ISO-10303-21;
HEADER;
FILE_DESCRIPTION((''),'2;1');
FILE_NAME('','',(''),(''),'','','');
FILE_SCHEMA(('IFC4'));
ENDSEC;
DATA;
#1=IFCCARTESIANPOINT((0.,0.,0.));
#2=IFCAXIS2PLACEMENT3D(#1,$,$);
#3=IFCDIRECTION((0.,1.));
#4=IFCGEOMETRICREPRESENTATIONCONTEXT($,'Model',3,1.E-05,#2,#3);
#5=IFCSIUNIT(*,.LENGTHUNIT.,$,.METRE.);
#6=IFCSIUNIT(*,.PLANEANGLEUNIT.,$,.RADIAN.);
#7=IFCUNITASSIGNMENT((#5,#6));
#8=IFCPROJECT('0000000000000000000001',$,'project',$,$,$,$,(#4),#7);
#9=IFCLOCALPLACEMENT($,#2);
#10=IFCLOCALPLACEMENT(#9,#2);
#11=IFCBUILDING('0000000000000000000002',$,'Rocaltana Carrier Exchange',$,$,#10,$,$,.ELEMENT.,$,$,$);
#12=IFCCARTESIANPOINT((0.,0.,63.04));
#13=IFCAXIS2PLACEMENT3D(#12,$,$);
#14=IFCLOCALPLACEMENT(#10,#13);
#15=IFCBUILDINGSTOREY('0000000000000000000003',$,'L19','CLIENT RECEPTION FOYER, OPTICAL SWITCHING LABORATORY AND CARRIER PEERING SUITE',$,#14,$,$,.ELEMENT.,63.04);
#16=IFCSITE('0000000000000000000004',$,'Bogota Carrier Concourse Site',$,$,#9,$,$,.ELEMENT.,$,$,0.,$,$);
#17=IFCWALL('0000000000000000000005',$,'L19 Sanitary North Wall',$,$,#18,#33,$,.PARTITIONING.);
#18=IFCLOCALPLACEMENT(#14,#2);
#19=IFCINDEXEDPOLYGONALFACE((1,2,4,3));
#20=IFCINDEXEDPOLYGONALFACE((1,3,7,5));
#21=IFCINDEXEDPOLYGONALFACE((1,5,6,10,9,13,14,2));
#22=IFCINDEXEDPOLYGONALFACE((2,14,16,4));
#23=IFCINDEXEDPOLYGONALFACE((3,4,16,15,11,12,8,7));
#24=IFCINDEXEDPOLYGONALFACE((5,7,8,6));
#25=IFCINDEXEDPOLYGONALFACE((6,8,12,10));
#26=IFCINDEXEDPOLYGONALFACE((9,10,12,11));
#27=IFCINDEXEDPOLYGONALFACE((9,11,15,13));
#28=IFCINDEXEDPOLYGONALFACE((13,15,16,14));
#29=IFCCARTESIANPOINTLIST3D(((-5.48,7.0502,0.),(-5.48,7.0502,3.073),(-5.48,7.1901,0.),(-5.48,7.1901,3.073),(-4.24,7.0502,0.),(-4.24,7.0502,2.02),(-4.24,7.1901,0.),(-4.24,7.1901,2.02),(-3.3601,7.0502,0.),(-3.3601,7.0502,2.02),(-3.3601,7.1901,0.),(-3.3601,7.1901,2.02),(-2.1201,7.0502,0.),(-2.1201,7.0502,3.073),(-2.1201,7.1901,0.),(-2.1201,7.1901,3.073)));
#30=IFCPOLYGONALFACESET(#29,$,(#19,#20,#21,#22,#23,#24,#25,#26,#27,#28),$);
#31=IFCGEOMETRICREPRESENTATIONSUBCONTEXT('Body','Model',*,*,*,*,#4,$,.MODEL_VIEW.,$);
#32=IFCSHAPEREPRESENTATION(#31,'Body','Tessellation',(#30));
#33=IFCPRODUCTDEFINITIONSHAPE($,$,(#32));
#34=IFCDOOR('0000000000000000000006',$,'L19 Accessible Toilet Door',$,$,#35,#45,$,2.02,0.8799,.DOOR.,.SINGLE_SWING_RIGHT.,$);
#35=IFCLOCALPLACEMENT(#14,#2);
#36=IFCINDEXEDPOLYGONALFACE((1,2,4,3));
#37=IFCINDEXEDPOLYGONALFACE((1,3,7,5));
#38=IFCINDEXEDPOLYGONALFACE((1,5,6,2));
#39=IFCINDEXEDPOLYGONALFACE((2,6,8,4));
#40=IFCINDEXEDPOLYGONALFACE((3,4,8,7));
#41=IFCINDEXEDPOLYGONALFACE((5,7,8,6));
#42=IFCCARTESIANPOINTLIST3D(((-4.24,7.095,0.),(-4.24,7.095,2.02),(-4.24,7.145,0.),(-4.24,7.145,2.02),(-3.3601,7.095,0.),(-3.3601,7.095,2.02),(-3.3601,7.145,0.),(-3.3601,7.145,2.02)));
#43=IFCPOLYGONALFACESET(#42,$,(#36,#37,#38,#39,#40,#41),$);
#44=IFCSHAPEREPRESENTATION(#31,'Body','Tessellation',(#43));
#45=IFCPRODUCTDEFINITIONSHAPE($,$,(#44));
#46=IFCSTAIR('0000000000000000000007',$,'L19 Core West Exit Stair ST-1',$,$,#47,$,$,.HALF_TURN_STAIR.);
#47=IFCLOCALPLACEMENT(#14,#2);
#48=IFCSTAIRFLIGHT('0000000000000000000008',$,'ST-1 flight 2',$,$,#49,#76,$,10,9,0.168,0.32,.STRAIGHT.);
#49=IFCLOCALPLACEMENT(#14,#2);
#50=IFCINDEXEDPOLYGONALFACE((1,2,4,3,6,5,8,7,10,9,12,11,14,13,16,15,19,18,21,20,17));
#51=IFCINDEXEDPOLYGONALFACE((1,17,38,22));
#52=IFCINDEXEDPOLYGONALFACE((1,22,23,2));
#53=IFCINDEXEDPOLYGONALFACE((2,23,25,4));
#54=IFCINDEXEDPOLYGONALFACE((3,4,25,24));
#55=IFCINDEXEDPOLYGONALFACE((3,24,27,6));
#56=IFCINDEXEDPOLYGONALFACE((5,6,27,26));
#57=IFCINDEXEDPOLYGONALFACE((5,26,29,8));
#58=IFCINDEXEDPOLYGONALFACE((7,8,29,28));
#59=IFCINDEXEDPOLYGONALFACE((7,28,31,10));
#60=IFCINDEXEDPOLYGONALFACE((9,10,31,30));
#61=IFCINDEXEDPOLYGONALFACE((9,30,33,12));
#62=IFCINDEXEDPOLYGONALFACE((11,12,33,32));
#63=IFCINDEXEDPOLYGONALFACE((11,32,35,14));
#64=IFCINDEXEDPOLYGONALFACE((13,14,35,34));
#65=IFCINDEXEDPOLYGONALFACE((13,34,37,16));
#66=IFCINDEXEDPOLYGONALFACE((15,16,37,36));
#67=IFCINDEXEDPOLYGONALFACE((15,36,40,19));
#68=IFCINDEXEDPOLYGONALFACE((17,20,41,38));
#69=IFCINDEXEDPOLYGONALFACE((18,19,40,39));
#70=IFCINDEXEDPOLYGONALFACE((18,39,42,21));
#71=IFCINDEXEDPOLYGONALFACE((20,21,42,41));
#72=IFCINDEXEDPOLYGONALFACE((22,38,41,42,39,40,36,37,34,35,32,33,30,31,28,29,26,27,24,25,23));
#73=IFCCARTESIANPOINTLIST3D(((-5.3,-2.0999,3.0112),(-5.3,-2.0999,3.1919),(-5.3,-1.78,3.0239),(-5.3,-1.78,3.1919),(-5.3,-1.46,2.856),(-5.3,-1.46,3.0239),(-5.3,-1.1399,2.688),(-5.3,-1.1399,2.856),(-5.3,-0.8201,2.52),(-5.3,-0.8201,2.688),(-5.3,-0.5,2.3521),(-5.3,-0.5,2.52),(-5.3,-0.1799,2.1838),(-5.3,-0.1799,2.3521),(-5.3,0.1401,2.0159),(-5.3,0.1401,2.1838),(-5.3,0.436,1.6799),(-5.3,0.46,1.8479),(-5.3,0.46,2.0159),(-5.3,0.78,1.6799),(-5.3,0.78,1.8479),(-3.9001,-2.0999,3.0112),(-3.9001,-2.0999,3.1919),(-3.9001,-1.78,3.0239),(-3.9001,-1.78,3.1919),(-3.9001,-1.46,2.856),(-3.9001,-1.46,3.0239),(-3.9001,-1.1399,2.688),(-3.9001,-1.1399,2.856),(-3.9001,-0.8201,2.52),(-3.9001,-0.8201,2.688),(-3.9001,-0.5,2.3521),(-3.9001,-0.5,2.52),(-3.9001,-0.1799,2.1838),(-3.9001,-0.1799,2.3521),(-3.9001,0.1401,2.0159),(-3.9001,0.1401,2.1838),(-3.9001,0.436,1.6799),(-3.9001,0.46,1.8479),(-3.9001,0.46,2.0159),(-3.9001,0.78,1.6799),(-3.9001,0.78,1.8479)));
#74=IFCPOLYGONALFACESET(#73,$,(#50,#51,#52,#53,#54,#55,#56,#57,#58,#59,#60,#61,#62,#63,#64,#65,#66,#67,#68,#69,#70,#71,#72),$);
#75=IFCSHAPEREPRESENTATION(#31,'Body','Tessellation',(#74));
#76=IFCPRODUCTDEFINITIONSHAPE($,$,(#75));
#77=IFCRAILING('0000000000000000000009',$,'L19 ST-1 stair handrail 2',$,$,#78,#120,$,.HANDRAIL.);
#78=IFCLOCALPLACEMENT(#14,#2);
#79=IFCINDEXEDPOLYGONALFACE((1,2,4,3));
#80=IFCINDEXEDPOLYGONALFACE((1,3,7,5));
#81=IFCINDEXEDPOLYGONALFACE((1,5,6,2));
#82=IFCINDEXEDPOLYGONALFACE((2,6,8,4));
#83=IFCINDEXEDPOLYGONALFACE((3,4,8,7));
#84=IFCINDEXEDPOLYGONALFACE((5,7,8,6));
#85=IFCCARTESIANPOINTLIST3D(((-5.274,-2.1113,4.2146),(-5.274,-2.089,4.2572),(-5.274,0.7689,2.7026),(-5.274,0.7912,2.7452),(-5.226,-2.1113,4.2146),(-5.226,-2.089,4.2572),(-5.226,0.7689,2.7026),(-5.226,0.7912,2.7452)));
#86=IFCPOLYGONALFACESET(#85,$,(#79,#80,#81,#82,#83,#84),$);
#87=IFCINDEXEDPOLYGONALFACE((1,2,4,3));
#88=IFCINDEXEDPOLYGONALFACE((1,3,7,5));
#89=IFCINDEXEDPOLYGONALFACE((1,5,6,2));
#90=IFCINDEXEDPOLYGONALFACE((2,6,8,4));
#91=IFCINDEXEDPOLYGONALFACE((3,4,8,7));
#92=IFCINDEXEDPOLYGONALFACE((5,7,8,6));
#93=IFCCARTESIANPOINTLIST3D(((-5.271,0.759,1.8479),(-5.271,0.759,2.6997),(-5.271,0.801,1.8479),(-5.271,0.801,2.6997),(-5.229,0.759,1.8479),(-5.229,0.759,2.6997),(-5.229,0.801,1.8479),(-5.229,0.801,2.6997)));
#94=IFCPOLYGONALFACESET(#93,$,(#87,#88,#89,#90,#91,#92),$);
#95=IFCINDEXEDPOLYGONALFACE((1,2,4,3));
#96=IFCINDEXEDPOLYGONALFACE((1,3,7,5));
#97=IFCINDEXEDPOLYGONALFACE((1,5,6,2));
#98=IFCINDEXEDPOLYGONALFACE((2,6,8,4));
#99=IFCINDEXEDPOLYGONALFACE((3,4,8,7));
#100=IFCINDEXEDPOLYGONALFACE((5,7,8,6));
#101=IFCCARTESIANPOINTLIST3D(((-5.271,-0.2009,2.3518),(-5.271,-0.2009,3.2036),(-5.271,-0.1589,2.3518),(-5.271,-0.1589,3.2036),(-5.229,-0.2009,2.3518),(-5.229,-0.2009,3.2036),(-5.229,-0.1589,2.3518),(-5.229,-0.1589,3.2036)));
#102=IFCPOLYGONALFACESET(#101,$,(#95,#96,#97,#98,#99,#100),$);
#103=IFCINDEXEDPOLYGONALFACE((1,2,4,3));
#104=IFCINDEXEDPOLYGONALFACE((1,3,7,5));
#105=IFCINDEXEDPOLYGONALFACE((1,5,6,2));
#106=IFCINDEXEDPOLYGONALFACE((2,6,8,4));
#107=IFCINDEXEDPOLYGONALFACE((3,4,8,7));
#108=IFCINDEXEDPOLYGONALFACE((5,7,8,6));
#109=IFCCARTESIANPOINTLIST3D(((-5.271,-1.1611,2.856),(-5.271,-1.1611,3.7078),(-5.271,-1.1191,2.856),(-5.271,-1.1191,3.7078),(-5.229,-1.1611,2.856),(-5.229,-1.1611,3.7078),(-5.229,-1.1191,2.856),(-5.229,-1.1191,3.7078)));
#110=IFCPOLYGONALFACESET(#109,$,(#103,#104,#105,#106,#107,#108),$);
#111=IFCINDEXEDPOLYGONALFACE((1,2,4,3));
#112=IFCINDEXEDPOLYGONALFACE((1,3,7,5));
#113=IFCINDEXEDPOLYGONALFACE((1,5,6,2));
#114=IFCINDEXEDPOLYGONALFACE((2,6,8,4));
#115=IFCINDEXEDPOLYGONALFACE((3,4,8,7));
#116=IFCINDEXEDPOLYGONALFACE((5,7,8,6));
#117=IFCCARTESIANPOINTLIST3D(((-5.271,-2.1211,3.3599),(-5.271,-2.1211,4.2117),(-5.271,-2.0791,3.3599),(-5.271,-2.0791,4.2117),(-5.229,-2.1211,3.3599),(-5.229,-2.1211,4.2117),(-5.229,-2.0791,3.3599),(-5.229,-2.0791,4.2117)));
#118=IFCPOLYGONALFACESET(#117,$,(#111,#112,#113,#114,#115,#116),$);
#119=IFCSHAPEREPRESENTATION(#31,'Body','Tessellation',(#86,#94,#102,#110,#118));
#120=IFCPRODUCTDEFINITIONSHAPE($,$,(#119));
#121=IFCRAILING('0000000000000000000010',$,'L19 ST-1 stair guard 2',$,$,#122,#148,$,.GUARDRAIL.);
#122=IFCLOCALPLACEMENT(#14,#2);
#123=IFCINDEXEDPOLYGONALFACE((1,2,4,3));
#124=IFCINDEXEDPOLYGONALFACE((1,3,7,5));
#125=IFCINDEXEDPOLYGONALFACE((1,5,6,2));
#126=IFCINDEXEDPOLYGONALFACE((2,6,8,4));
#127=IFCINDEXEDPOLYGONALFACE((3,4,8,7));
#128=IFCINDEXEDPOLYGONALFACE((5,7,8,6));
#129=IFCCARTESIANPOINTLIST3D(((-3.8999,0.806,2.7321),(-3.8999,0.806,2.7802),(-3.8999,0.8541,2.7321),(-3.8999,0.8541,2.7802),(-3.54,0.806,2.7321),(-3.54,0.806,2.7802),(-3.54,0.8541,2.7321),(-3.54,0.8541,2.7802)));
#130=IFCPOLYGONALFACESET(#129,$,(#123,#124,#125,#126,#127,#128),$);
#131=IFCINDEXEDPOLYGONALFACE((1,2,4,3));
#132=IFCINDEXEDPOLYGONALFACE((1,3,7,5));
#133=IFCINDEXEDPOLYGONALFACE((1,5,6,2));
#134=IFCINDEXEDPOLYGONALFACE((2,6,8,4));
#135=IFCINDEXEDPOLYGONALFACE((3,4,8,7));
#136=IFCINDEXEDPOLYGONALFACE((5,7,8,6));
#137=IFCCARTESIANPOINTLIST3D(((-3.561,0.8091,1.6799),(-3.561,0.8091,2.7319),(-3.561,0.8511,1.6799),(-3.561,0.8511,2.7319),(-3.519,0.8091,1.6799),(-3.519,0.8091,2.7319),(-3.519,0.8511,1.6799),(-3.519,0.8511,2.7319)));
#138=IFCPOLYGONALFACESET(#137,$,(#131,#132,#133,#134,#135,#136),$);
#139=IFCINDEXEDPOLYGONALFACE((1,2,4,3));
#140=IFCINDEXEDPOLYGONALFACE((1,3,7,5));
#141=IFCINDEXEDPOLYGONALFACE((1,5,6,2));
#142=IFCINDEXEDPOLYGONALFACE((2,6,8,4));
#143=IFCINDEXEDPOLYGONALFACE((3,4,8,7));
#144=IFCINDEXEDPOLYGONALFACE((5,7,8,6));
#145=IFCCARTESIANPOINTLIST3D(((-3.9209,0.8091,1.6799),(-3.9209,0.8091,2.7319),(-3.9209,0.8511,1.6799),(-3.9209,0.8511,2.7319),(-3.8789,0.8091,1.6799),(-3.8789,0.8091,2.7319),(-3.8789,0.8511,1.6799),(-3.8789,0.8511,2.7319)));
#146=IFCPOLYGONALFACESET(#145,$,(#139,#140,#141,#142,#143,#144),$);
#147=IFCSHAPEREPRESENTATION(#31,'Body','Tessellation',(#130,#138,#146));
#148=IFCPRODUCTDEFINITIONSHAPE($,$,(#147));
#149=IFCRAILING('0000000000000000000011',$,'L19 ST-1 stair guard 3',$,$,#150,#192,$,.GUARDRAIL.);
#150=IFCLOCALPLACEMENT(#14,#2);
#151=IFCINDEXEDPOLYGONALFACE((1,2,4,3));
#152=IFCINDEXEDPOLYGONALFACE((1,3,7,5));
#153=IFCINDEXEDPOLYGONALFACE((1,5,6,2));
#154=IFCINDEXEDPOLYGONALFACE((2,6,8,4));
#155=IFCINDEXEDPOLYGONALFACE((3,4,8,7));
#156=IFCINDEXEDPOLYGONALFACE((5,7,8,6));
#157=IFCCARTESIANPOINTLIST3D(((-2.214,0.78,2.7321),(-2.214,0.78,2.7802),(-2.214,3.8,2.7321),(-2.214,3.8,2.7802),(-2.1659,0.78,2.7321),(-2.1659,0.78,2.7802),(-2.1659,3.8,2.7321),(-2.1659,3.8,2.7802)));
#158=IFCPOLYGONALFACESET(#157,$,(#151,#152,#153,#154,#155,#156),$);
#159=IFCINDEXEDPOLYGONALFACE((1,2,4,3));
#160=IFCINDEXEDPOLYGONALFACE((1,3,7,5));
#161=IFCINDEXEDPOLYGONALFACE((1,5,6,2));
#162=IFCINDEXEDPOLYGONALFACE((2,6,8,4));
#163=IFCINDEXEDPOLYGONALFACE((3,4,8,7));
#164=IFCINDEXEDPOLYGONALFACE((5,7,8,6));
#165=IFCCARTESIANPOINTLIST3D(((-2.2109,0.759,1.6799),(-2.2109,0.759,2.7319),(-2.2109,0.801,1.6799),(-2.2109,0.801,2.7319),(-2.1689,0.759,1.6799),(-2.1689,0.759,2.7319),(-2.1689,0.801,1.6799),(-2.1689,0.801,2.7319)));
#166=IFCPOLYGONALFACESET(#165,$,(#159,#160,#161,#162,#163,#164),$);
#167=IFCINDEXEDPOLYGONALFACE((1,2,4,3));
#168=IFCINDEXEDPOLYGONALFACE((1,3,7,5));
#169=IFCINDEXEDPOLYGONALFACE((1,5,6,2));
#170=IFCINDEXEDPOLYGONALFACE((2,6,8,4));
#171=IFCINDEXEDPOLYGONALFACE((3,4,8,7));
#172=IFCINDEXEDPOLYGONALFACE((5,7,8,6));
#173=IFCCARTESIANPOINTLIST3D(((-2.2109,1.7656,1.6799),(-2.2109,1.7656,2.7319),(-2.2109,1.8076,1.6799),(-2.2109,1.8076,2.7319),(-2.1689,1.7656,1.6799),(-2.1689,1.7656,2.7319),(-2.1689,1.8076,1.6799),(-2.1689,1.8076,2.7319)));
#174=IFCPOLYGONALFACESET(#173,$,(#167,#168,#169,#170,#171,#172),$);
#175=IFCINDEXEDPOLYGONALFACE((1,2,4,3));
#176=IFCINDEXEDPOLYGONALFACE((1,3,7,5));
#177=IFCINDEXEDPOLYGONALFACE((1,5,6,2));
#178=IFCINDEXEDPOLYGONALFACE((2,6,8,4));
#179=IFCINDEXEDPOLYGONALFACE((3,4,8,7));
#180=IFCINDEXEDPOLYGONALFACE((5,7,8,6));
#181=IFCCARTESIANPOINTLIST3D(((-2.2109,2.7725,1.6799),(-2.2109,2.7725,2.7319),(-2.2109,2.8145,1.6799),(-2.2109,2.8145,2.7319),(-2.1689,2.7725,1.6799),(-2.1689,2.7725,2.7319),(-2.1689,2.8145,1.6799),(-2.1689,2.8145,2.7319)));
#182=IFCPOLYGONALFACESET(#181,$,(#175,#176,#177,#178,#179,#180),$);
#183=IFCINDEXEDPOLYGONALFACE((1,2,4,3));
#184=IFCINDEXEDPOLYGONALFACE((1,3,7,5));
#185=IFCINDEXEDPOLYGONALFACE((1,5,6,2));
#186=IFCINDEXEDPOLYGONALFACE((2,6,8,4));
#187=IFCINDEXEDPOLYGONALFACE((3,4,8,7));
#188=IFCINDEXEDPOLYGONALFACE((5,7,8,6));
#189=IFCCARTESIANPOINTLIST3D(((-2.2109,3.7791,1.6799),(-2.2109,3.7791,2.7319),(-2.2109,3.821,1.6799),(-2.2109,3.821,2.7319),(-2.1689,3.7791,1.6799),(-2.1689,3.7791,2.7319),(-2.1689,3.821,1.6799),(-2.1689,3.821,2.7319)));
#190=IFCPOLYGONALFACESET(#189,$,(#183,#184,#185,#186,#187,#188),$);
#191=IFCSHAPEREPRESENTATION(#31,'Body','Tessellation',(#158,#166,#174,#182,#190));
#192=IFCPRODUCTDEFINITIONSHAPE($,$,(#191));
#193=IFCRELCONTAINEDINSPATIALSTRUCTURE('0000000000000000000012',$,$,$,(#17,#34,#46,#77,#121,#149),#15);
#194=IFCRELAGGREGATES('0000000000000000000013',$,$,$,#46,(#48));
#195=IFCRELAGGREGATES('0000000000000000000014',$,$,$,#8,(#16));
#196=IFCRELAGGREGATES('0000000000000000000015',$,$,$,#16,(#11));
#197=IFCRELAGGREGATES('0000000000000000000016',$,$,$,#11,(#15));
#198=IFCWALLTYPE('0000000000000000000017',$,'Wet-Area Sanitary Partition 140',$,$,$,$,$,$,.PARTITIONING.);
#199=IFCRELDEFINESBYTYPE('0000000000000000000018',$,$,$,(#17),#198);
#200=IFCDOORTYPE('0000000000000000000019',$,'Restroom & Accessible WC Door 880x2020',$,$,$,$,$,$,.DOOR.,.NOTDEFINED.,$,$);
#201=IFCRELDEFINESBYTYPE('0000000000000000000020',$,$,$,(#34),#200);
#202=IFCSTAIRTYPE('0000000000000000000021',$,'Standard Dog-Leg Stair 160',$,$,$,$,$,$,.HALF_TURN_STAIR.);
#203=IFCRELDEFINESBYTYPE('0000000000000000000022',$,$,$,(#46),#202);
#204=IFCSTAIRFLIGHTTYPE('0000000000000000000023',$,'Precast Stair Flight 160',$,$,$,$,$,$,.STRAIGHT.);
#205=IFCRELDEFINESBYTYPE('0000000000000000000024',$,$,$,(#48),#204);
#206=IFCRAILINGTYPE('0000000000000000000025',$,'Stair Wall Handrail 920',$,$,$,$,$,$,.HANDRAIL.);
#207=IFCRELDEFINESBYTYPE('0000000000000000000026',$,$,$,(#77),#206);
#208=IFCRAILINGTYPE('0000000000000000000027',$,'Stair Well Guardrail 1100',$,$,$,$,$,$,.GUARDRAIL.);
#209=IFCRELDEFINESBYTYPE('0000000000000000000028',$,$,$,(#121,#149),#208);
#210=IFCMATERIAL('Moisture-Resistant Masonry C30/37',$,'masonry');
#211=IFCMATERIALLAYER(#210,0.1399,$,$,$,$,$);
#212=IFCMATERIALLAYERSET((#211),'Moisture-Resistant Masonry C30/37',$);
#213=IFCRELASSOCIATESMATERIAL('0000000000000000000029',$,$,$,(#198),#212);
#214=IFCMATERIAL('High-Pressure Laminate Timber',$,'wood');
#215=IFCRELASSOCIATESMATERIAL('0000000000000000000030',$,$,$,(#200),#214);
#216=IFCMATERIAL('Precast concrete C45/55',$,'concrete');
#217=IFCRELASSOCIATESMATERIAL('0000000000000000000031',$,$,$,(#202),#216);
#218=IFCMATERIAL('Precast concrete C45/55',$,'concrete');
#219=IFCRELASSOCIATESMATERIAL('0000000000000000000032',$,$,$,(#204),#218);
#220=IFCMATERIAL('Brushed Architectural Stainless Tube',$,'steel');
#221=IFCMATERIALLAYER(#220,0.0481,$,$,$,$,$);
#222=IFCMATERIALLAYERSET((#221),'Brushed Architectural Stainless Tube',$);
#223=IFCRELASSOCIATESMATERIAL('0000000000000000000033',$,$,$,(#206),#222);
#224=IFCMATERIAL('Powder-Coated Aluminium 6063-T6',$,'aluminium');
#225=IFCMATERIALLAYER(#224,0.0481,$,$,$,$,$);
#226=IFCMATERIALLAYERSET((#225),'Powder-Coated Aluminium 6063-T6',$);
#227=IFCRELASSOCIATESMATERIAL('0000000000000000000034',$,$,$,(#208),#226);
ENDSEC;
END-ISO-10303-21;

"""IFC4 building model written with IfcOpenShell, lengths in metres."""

from ifc_helpers import new_model, si_unit, direction, frame, frame_2d, origin, origin_2d, place, context, subcontext, project, spatial, polyline, rectangle, outline, extrude, material, layer, layer_set, type_object, element, fill, aggregate, save


model = new_model("IFC4")

# Units and contexts
model_context = context("Model", 3, precision=1e-05, world=origin(), true_north=direction((0.0, 1.0)))
body_context = subcontext(model_context, "Body", "Model", "MODEL_VIEW")
ifc_project = project(units=[si_unit("LENGTHUNIT", "METRE"), si_unit("PLANEANGLEUNIT", "RADIAN")], contexts=[model_context])

# Site, building, storey
site_placement = place(None, origin())
site = spatial("IfcSite", under=ifc_project, at=site_placement, Name="Bogota Carrier Concourse Site", CompositionType="ELEMENT", RefElevation=0.0)
building_placement = place(site_placement, origin())
building = spatial("IfcBuilding", under=site, at=building_placement, Name="Rocaltana Carrier Exchange", CompositionType="ELEMENT")
storey_placement = place(building_placement, frame((0.0, 0.0, 63.04)))
storey = spatial("IfcBuildingStorey", under=building, at=storey_placement, Name="L19", Description="CLIENT RECEPTION FOYER, OPTICAL SWITCHING LABORATORY AND CARRIER PEERING SUITE", CompositionType="ELEMENT", Elevation=63.04)

# Shared definitions
ifc_material_1 = material(Name="Moisture-Resistant Masonry C30/37", Category="masonry")
ifc_layer_1 = layer(ifc_material_1, 0.1399)
ifc_layer_set_1 = layer_set([ifc_layer_1], Name="Moisture-Resistant Masonry C30/37")
wall_type_1 = type_object("IfcWallType", Name="Wet-Area Sanitary Partition 140", PredefinedType="PARTITIONING", material=ifc_layer_set_1)

# Wall, opening, door
wall_1_placement = place(storey_placement, frame((-5.48, 7.1201, 0.0), z_axis=(0.0, 0.0, 1.0), x_axis=(1.0, 0.0, 0.0)))
wall_1 = element("IfcWall", 1, at=wall_1_placement, inside=storey, type_object=wall_type_1, Name="L19 Sanitary North Wall", PredefinedType="PARTITIONING", context=body_context, shape_type="SweptSolid", body=[
    extrude(rectangle(XDim=3.3599, YDim=0.1399, at=frame_2d((1.6799, 0.0))), origin(), (0.0, 0.0, 1.0), 3.073),
])
opening_placement = place(wall_1_placement, frame((1.24, 0.0, 0.0)))
opening = element("IfcOpeningElement", 2, at=opening_placement, cuts=wall_1, PredefinedType="OPENING", context=body_context, shape_type="SweptSolid", body=[
    extrude(rectangle(XDim=0.8799, YDim=2.02, at=frame_2d((0.4399, 1.01))), frame((0.0, 0.0798, 0.0), z_axis=(0.0, -1.0, 0.0), x_axis=(1.0, 0.0, 0.0)), (0.0, 0.0, 1.0), 0.1599),
])
ifc_material_2 = material(Name="High-Pressure Laminate Timber", Category="wood")
door_type = type_object("IfcDoorType", Name="Restroom & Accessible WC Door 880x2020", OperationType="NOTDEFINED", PredefinedType="DOOR", material=ifc_material_2)
door_placement = place(opening_placement, origin())
door = element("IfcDoor", 3, at=door_placement, inside=storey, type_object=door_type, Name="L19 Accessible Toilet Door", OperationType="SINGLE_SWING_RIGHT", OverallHeight=2.02, OverallWidth=0.8799, PredefinedType="DOOR", context=body_context, shape_type="SweptSolid", body=[
    extrude(rectangle(XDim=0.8799, YDim=2.02, at=frame_2d((0.4399, 1.01))), frame((0.0, 0.0249, 0.0), z_axis=(0.0, -1.0, 0.0), x_axis=(1.0, 0.0, 0.0)), (0.0, 0.0, 1.0), 0.05),
])
fill(opening, door)

# Stair, stair flight
ifc_material_3 = material(Name="Precast concrete C45/55", Category="concrete")
stair_type = type_object("IfcStairType", Name="Standard Dog-Leg Stair 160", PredefinedType="HALF_TURN_STAIR", material=ifc_material_3)
stair_placement = place(storey_placement, origin())
stair = element("IfcStair", 4, at=stair_placement, inside=storey, type_object=stair_type, Name="L19 Core West Exit Stair ST-1", PredefinedType="HALF_TURN_STAIR")
ifc_material_4 = material(Name="Precast concrete C45/55", Category="concrete")
stair_flight_type = type_object("IfcStairFlightType", Name="Precast Stair Flight 160", PredefinedType="STRAIGHT", material=ifc_material_4)
stair_flight_placement = place(storey_placement, frame((-4.6001, 0.78, 1.6799), z_axis=(0.0, 0.0, 1.0), x_axis=(0.0, -1.0, 0.0)))
stair_flight = element("IfcStairFlight", 5, at=stair_flight_placement, type_object=stair_flight_type, Name="ST-1 flight 2", NumberOfRisers=10, NumberOfTreads=9, PredefinedType="STRAIGHT", RiserHeight=0.168, TreadLength=0.32, context=body_context, shape_type="SweptSolid", body=[
    extrude(outline(polyline([(0.0, 0.0), (0.0, 0.168), (0.3201, 0.168), (0.3201, 0.3359), (0.6399, 0.3359), (0.6399, 0.5039), (0.96, 0.5039), (0.96, 0.6721), (1.28, 0.6721), (1.28, 0.8401), (1.6001, 0.8401), (1.6001, 1.0081), (1.9199, 1.0081), (1.9199, 1.176), (2.24, 1.176), (2.24, 1.344), (2.5601, 1.344), (2.5601, 1.512), (2.8799, 1.512), (2.8799, 1.6799), (2.8799, 1.3313), (0.344, 0.0), (0.0, 0.0)])), frame((0.0, 0.7, 0.0), z_axis=(0.0, -1.0, 0.0), x_axis=(1.0, 0.0, 0.0)), (0.0, 0.0, 1.0), 1.3999),
])
aggregate(stair, [stair_flight])

# Railings
ifc_material_5 = material(Name="Brushed Architectural Stainless Tube", Category="steel")
ifc_layer_2 = layer(ifc_material_5, 0.0481)
ifc_layer_set_2 = layer_set([ifc_layer_2], Name="Brushed Architectural Stainless Tube")
railing_type_1 = type_object("IfcRailingType", Name="Stair Wall Handrail 920", PredefinedType="HANDRAIL", material=ifc_layer_set_2)
railing_1_placement = place(storey_placement, frame((-5.25, 0.78, 1.8479)))
element("IfcRailing", 6, at=railing_1_placement, inside=storey, type_object=railing_type_1, Name="L19 ST-1 stair handrail 2", PredefinedType="HANDRAIL", context=body_context, shape_type="SweptSolid", body=[
    extrude(rectangle(XDim=0.0481, YDim=0.0481, at=origin_2d()), frame((0.0, 0.0, 0.876), z_axis=(0.0, -0.885411, 0.464809), x_axis=(1.0, 0.0, 0.0)), (0.0, 0.0, 1.0), 3.2529),
    extrude(rectangle(XDim=0.042, YDim=0.042, at=origin_2d()), origin(), (0.0, 0.0, 1.0), 0.8518),
    extrude(rectangle(XDim=0.042, YDim=0.042, at=origin_2d()), frame((0.0, -0.96, 0.5039)), (0.0, 0.0, 1.0), 0.8518),
    extrude(rectangle(XDim=0.042, YDim=0.042, at=origin_2d()), frame((0.0, -1.9202, 1.0081)), (0.0, 0.0, 1.0), 0.8518),
    extrude(rectangle(XDim=0.042, YDim=0.042, at=origin_2d()), frame((0.0, -2.8801, 1.512)), (0.0, 0.0, 1.0), 0.8518),
])
ifc_material_6 = material(Name="Powder-Coated Aluminium 6063-T6", Category="aluminium")
ifc_layer_3 = layer(ifc_material_6, 0.0481)
ifc_layer_set_3 = layer_set([ifc_layer_3], Name="Powder-Coated Aluminium 6063-T6")
railing_type_2 = type_object("IfcRailingType", Name="Stair Well Guardrail 1100", PredefinedType="GUARDRAIL", material=ifc_layer_set_3)
railing_2_placement = place(storey_placement, frame((-3.54, 0.8301, 1.6799)))
element("IfcRailing", 7, at=railing_2_placement, inside=storey, type_object=railing_type_2, Name="L19 ST-1 stair guard 2", PredefinedType="GUARDRAIL", context=body_context, shape_type="SweptSolid", body=[
    extrude(rectangle(XDim=0.0481, YDim=0.0481, at=origin_2d()), frame((0.0, 0.0, 1.0762), z_axis=(-1.0, 0.0, 0.0), x_axis=(0.0, -1.0, 0.0)), (0.0, 0.0, 1.0), 0.3599),
    extrude(rectangle(XDim=0.042, YDim=0.042, at=origin_2d()), origin(), (0.0, 0.0, 1.0), 1.052),
    extrude(rectangle(XDim=0.042, YDim=0.042, at=origin_2d()), frame((-0.3599, 0.0, 0.0)), (0.0, 0.0, 1.0), 1.052),
])
for number, where, name in (
    (8, (-2.1899, 0.78, 1.6799), "L19 ST-1 stair guard 3"),
):
    element("IfcRailing", number, at=place(storey_placement, frame(where)), inside=storey, type_object=railing_type_2, Name=name, PredefinedType="GUARDRAIL", context=body_context, shape_type="SweptSolid", body=[
        extrude(rectangle(XDim=0.0481, YDim=0.0481, at=origin_2d()), frame((0.0, 0.0, 1.0762), z_axis=(0.0, 1.0, 0.0), x_axis=(-1.0, 0.0, 0.0)), (0.0, 0.0, 1.0), 3.02),
        extrude(rectangle(XDim=0.042, YDim=0.042, at=origin_2d()), origin(), (0.0, 0.0, 1.0), 1.052),
        extrude(rectangle(XDim=0.042, YDim=0.042, at=origin_2d()), frame((0.0, 1.0066, 0.0)), (0.0, 0.0, 1.0), 1.052),
        extrude(rectangle(XDim=0.042, YDim=0.042, at=origin_2d()), frame((0.0, 2.0134, 0.0)), (0.0, 0.0, 1.0), 1.052),
        extrude(rectangle(XDim=0.042, YDim=0.042, at=origin_2d()), frame((0.0, 3.02, 0.0)), (0.0, 0.0, 1.0), 1.052),
    ])

save(model, "model.ifc")
